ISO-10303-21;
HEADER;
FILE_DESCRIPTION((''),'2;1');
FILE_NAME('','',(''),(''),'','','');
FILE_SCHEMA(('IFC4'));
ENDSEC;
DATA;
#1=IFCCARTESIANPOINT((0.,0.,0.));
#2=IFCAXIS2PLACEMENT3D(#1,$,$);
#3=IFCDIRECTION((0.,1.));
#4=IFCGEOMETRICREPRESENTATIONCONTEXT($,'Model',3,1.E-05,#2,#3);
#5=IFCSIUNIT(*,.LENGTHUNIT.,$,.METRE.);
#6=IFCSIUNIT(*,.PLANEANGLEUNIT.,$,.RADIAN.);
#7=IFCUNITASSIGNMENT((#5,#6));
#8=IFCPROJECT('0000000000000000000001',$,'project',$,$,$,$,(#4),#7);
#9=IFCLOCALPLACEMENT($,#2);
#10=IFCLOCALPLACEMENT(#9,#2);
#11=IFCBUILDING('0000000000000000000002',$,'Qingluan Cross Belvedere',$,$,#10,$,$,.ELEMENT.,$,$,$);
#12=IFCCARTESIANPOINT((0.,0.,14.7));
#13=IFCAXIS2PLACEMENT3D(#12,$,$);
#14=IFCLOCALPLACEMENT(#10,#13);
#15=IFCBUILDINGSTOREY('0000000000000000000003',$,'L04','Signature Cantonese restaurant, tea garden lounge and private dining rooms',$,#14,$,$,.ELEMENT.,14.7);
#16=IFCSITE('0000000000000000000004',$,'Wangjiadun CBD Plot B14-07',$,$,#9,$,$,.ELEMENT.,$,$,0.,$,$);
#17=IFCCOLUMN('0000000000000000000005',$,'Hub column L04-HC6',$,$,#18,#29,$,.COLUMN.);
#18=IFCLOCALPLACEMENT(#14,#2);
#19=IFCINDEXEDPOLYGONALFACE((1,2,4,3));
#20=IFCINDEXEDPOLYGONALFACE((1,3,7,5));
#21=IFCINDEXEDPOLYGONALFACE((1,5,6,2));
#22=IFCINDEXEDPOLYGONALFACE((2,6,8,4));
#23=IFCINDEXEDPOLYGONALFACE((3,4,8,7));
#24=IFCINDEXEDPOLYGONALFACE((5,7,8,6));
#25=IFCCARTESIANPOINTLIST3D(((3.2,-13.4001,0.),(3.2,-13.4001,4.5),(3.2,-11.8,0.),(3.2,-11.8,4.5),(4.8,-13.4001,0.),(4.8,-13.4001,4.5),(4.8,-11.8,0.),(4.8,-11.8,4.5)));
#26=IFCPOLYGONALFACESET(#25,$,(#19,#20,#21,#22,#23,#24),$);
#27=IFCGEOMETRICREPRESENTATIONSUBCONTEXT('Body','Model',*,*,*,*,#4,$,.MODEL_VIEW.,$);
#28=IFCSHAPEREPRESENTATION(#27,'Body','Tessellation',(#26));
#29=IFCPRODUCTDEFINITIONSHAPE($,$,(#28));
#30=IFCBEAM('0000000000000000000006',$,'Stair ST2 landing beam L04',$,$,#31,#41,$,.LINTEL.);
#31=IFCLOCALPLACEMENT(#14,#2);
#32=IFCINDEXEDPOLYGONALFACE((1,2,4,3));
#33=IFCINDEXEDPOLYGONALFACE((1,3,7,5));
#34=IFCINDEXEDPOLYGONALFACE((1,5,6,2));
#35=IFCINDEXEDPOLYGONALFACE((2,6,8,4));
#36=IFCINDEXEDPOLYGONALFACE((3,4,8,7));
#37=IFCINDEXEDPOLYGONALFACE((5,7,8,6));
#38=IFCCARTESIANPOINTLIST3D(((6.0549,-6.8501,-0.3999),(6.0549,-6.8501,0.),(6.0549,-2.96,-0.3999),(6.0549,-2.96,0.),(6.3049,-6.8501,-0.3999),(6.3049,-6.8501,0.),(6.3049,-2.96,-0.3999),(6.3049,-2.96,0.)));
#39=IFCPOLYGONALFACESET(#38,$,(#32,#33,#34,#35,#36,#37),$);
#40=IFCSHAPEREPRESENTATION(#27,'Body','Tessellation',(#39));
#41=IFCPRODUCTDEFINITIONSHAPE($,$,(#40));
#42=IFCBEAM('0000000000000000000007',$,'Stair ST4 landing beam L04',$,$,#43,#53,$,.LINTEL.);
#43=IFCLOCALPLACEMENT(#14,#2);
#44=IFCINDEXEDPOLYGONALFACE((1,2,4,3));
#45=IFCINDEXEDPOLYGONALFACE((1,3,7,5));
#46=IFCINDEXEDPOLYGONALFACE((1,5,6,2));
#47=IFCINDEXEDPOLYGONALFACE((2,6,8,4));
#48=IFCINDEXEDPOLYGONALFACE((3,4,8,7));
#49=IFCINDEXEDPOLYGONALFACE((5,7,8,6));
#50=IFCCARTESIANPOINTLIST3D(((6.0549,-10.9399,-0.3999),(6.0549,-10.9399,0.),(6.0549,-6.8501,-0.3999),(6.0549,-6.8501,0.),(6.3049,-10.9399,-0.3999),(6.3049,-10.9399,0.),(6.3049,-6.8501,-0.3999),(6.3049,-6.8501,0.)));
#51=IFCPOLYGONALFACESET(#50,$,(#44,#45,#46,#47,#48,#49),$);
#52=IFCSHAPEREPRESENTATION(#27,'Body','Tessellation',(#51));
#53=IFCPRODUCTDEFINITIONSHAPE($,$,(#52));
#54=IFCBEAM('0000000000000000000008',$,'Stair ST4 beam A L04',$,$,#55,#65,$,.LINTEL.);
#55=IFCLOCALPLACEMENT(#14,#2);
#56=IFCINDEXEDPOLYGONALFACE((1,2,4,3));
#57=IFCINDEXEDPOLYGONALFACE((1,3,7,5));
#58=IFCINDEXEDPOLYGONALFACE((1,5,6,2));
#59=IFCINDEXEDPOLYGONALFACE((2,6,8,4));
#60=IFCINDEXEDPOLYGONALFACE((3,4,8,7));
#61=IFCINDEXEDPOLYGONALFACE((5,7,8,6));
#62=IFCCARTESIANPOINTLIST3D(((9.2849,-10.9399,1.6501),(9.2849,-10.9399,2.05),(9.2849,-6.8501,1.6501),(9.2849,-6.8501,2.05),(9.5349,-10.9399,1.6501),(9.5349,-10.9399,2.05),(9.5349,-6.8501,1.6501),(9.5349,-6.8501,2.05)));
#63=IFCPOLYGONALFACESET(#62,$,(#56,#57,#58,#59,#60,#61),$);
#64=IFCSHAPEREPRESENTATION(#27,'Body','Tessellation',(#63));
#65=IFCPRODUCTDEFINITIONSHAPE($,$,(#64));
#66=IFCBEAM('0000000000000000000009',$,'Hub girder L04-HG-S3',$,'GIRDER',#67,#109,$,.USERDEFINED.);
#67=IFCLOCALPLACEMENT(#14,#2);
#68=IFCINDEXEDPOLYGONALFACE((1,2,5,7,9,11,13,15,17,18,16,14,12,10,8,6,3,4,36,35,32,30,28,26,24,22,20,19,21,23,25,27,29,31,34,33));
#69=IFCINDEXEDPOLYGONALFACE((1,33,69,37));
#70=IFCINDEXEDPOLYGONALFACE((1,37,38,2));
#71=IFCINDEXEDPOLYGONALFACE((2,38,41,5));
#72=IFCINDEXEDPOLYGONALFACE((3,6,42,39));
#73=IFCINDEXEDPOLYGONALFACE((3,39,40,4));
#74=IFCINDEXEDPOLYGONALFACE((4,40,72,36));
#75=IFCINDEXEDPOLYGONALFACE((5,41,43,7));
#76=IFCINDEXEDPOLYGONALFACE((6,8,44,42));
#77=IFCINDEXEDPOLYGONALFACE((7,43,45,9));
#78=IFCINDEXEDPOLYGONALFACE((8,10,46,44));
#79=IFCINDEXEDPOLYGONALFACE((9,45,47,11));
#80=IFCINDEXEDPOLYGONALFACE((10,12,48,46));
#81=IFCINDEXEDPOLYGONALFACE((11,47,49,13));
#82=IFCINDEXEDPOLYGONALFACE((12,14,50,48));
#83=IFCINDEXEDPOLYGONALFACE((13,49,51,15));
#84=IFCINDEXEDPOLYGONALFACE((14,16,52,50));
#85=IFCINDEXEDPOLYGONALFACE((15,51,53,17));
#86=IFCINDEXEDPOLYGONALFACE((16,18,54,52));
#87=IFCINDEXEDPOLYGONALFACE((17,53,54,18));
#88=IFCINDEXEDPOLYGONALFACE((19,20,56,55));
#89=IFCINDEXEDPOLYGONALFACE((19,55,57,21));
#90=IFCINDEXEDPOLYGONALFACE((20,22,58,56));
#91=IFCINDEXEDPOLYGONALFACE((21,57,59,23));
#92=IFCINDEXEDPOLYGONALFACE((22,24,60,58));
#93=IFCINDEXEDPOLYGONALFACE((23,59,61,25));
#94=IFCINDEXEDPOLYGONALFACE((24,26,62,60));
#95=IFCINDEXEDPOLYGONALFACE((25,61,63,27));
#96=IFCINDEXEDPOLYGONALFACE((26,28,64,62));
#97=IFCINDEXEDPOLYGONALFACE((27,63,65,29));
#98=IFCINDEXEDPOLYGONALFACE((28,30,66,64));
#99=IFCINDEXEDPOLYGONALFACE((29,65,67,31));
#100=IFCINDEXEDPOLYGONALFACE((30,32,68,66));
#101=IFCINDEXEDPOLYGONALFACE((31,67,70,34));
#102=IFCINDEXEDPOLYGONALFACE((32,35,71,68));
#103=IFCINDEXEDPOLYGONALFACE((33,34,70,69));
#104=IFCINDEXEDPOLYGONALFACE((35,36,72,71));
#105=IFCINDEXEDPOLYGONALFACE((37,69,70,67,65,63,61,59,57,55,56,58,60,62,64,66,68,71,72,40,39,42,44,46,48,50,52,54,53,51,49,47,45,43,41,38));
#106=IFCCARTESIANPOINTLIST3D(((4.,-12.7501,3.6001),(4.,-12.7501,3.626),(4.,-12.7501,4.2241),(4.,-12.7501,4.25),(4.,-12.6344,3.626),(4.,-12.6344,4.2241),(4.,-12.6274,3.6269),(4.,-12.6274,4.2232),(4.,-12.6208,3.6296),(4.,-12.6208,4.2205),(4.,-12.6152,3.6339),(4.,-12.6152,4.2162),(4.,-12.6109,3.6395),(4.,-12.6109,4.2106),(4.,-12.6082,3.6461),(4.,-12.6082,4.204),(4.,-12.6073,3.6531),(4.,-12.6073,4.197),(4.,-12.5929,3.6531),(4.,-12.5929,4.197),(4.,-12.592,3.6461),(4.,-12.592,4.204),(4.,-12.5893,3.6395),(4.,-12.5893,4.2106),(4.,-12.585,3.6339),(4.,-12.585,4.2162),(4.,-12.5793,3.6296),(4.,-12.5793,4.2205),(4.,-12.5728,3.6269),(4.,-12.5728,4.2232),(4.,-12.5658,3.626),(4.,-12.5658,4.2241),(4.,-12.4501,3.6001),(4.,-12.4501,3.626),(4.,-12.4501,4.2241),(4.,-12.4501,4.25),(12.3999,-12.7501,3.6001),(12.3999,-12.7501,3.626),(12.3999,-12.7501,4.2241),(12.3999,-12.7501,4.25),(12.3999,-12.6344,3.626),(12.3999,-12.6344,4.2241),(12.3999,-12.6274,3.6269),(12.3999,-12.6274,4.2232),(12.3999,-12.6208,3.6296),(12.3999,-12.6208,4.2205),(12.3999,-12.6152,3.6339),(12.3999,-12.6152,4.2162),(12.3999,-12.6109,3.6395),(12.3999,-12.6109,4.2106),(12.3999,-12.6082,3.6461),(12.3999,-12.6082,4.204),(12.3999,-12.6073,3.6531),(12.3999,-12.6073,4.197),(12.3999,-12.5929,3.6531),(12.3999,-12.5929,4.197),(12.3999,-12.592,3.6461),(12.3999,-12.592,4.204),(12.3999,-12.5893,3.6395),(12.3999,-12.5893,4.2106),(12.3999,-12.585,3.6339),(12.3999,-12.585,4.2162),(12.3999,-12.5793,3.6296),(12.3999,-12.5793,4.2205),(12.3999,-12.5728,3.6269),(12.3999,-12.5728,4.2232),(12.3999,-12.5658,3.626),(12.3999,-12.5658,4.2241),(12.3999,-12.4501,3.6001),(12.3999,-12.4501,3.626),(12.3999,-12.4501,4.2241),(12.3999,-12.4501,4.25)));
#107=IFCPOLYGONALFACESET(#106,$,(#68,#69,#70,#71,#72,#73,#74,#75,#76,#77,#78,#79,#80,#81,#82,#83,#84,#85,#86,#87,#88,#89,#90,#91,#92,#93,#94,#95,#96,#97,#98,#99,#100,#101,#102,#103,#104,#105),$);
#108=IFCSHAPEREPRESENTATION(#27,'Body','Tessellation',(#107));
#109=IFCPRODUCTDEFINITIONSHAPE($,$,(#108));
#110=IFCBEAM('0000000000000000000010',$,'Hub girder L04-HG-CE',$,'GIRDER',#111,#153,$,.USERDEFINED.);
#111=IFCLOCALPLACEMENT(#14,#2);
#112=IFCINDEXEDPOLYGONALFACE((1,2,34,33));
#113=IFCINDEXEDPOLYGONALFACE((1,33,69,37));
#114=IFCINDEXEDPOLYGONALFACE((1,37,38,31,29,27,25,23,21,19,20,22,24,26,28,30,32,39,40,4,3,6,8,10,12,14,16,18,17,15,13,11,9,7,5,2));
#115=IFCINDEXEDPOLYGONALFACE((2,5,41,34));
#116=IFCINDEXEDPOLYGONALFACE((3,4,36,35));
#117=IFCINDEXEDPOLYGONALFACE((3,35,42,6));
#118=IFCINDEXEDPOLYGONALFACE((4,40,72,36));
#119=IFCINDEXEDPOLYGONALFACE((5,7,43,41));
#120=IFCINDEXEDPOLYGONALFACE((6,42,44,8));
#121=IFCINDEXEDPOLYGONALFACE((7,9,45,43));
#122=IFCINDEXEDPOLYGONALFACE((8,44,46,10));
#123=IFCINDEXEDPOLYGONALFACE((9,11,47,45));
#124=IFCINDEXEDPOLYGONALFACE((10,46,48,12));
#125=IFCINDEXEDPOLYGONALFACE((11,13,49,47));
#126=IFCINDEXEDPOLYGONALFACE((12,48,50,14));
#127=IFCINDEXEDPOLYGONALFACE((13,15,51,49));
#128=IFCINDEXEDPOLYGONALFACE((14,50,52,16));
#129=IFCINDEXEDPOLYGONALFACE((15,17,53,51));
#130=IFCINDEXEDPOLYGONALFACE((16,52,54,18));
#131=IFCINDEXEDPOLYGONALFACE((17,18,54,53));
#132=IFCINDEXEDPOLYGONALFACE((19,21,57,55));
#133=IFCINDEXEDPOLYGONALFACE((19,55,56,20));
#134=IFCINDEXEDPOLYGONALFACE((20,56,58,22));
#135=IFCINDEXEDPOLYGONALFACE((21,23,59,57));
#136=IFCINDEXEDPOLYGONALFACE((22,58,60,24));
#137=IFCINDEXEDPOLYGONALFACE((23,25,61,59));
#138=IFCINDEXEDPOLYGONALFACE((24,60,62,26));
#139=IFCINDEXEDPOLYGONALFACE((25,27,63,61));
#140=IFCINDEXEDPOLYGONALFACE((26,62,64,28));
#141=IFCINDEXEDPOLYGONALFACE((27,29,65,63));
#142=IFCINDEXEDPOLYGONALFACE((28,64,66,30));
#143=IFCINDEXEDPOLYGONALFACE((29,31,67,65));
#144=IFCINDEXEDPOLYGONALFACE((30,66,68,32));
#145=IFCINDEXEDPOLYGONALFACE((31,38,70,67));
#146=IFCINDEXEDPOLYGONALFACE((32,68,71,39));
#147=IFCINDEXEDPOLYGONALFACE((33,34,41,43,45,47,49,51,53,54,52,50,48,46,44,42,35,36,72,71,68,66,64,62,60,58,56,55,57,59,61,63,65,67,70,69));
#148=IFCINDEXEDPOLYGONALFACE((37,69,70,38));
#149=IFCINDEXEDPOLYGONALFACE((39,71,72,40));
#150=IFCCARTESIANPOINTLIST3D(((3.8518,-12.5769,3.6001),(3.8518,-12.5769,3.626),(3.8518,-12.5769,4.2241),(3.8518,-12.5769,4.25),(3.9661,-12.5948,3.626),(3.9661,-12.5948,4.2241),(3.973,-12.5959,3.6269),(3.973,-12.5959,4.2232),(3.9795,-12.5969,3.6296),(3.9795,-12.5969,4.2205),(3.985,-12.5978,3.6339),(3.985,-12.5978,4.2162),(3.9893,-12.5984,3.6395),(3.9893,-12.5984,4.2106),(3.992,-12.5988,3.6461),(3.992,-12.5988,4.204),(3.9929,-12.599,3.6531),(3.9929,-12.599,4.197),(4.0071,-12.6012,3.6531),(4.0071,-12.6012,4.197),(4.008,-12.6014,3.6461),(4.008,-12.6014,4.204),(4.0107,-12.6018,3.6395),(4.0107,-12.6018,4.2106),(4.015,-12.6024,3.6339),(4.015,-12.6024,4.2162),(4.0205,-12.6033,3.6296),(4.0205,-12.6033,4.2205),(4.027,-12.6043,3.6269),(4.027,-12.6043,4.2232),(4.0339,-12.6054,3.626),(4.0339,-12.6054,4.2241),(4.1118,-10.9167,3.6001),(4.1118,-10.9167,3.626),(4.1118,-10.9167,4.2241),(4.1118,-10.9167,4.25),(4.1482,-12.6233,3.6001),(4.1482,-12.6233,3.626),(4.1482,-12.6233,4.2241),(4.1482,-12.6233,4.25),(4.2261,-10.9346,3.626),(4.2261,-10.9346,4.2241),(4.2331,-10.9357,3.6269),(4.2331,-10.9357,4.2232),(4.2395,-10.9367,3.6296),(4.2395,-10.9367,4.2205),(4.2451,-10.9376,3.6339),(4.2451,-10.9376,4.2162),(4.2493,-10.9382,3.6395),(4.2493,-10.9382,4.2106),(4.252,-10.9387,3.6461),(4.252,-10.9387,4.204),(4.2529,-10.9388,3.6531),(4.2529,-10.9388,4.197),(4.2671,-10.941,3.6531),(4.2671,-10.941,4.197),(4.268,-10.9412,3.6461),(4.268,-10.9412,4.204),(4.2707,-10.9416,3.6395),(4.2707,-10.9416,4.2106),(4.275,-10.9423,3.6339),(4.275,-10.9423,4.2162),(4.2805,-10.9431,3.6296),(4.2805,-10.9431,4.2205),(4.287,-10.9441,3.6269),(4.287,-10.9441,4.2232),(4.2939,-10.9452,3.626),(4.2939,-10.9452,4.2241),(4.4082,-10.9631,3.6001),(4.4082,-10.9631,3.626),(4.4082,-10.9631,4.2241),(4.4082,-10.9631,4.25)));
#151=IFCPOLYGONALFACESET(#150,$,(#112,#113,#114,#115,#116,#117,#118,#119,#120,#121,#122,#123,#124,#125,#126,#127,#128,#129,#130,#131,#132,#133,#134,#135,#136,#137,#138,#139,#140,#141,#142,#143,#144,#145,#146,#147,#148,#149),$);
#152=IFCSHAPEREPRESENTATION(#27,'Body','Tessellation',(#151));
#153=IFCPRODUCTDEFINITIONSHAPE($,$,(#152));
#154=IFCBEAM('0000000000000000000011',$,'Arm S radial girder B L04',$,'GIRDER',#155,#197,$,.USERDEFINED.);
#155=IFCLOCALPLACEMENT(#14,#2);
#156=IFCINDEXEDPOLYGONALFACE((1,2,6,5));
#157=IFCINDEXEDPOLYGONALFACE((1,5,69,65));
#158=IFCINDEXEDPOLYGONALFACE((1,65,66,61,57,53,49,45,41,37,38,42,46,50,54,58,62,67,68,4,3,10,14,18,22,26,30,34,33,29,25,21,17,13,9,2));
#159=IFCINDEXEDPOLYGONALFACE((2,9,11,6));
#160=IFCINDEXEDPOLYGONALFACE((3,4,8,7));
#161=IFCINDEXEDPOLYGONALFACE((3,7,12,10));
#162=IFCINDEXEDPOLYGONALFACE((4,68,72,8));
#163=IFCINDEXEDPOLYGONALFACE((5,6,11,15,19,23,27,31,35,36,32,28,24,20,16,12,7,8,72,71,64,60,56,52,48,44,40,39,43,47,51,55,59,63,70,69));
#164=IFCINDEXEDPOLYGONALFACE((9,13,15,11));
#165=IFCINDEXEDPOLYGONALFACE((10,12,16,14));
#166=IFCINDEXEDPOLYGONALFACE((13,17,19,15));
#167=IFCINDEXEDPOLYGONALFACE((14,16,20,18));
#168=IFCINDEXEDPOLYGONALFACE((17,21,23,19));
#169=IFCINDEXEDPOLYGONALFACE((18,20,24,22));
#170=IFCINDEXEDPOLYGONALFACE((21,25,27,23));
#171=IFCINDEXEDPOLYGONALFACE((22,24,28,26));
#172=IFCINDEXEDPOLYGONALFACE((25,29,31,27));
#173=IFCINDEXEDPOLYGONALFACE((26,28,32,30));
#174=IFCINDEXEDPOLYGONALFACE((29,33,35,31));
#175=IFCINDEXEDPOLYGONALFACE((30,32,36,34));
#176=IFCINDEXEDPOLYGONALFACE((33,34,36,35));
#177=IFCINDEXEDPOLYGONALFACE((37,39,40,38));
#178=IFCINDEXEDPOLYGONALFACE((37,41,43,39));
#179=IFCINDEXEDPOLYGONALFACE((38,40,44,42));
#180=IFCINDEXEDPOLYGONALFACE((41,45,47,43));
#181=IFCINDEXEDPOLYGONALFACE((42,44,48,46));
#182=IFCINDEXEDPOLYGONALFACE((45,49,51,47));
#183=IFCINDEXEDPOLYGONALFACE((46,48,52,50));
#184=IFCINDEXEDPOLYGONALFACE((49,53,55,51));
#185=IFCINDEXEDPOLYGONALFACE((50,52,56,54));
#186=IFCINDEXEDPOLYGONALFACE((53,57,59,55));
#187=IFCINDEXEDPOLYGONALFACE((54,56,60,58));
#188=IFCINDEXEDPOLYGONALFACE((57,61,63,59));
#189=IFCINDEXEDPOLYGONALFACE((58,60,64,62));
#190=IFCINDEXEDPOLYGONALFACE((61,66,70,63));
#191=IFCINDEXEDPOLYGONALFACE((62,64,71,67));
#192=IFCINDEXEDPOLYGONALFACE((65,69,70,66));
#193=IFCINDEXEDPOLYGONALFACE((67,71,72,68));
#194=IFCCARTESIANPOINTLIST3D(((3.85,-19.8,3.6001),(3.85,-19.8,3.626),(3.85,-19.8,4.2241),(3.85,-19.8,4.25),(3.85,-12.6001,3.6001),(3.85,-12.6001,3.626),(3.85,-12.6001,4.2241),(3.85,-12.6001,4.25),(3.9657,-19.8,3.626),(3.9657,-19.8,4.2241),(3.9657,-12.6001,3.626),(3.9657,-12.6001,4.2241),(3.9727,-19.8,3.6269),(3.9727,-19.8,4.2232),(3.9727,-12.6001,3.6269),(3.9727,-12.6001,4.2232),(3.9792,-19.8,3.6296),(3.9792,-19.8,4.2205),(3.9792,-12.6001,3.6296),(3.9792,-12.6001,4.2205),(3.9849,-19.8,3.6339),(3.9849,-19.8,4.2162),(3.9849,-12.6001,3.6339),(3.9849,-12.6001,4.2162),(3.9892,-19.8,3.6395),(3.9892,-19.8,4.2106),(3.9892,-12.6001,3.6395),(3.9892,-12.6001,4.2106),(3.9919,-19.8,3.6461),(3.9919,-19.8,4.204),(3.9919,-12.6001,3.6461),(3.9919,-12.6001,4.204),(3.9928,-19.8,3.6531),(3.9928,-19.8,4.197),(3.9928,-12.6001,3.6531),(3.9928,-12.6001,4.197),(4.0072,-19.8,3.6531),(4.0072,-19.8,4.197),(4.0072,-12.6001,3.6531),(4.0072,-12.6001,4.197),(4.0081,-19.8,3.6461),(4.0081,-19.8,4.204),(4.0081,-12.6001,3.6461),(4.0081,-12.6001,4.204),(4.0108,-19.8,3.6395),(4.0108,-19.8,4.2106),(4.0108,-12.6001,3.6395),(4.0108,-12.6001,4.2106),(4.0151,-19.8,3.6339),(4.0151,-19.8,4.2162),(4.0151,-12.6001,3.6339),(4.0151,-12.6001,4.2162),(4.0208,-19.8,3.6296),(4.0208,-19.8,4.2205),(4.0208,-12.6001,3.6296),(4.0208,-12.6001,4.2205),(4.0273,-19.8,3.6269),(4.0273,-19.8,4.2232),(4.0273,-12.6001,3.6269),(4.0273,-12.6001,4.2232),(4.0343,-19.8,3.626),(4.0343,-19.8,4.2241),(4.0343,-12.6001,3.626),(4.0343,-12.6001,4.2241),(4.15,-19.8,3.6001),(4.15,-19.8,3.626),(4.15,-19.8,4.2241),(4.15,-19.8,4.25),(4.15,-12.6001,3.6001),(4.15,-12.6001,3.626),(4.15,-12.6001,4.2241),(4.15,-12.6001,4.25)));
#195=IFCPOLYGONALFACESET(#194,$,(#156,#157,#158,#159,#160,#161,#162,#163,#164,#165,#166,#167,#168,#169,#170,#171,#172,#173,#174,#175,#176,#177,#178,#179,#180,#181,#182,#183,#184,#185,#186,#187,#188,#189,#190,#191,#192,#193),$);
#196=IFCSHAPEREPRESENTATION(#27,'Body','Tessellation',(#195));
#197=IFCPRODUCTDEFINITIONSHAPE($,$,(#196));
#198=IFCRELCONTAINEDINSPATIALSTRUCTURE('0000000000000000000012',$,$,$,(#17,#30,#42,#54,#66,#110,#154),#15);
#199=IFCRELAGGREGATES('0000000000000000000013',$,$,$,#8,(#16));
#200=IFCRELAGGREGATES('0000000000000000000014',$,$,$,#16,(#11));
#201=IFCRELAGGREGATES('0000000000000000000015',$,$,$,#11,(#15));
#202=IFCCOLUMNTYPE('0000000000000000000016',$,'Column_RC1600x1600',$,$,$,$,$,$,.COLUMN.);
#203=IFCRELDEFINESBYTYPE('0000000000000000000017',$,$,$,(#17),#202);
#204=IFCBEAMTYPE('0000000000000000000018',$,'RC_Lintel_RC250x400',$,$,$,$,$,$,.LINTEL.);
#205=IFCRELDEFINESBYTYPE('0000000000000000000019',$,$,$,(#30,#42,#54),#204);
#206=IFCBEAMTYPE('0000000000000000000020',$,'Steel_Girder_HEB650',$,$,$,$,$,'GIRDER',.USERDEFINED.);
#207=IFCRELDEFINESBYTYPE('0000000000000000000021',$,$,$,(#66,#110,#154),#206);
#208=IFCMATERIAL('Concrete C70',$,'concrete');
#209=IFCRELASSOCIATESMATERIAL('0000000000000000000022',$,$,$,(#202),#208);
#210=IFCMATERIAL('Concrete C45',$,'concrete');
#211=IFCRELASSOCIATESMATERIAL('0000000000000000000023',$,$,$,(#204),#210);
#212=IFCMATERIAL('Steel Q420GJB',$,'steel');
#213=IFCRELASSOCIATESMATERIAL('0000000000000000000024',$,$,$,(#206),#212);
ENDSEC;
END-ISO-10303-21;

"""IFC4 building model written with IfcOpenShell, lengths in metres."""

from ifc_helpers import new_model, si_unit, direction, frame, origin, origin_2d, place, context, subcontext, project, spatial, rectangle, i_section, extrude, material, material_profile, profile_set, type_object, element, save


model = new_model("IFC4")

# Units and contexts
model_context = context("Model", 3, precision=1e-05, world=origin(), true_north=direction((0.0, 1.0)))
body_context = subcontext(model_context, "Body", "Model", "MODEL_VIEW")
ifc_project = project(units=[si_unit("LENGTHUNIT", "METRE"), si_unit("PLANEANGLEUNIT", "RADIAN")], contexts=[model_context])

# Site, building, storey
site_placement = place(None, origin())
site = spatial("IfcSite", under=ifc_project, at=site_placement, Name="Wangjiadun CBD Plot B14-07", CompositionType="ELEMENT", RefElevation=0.0)
building_placement = place(site_placement, origin())
building = spatial("IfcBuilding", under=site, at=building_placement, Name="Qingluan Cross Belvedere", CompositionType="ELEMENT")
storey_placement = place(building_placement, frame((0.0, 0.0, 14.7)))
storey = spatial("IfcBuildingStorey", under=building, at=storey_placement, Name="L04", Description="Signature Cantonese restaurant, tea garden lounge and private dining rooms", CompositionType="ELEMENT", Elevation=14.7)

# Column
ifc_material_1 = material(Name="Concrete C70", Category="concrete")
ifc_material_profile_1 = material_profile(ifc_material_1, rectangle(XDim=1.6001, YDim=1.6001, at=origin_2d()), Name="RC1600x1600")
ifc_profile_set_1 = profile_set([ifc_material_profile_1], Name="Concrete C70")
column_type = type_object("IfcColumnType", Name="Column_RC1600x1600", PredefinedType="COLUMN", material=ifc_profile_set_1)
column_placement = place(storey_placement, frame((4.0, -12.6001, 0.0), z_axis=(0.0, 0.0, 1.0), x_axis=(1.0, 0.0, 0.0)))
element("IfcColumn", 1, at=column_placement, inside=storey, type_object=column_type, Name="Hub column L04-HC6", PredefinedType="COLUMN", context=body_context, shape_type="SweptSolid", body=[
    extrude(rectangle(XDim=1.6001, YDim=1.6001, at=origin_2d()), origin(), (0.0, 0.0, 1.0), 4.5),
])

# Beams
ifc_material_2 = material(Name="Concrete C45", Category="concrete")
ifc_material_profile_2 = material_profile(ifc_material_2, rectangle(XDim=0.25, YDim=0.3999, at=origin_2d()), Name="RC250x400")
ifc_profile_set_2 = profile_set([ifc_material_profile_2], Name="Concrete C45")
beam_type_1 = type_object("IfcBeamType", Name="RC_Lintel_RC250x400", PredefinedType="LINTEL", material=ifc_profile_set_2)
beam_1_placement = place(storey_placement, frame((6.1799, -6.8501, -0.2), z_axis=(0.0, 1.0, 0.0), x_axis=(-1.0, 0.0, 0.0)))
element("IfcBeam", 2, at=beam_1_placement, inside=storey, type_object=beam_type_1, Name="Stair ST2 landing beam L04", PredefinedType="LINTEL", context=body_context, shape_type="SweptSolid", body=[
    extrude(rectangle(XDim=0.25, YDim=0.3999, at=origin_2d()), origin(), (0.0, 0.0, 1.0), 3.8901),
])
for number, where, z_axis, x_axis, name in (
    (3, (6.1799, -10.9399, -0.2), (0.0, 1.0, 0.0), (-1.0, 0.0, 0.0), "Stair ST4 landing beam L04"),
    (4, (9.4099, -10.9399, 1.8501), (0.0, 1.0, 0.0), (-1.0, 0.0, 0.0), "Stair ST4 beam A L04"),
):
    element("IfcBeam", number, at=place(storey_placement, frame(where, z_axis=z_axis, x_axis=x_axis)), inside=storey, type_object=beam_type_1, Name=name, PredefinedType="LINTEL", context=body_context, shape_type="SweptSolid", body=[
        extrude(rectangle(XDim=0.25, YDim=0.3999, at=origin_2d()), origin(), (0.0, 0.0, 1.0), 4.0898),
    ])
ifc_material_3 = material(Name="Steel Q420GJB", Category="steel")
ifc_material_profile_3 = material_profile(ifc_material_3, i_section(OverallWidth=0.3, OverallDepth=0.6499, WebThickness=0.0144, FlangeThickness=0.0259, FilletRadius=0.0271, at=origin_2d()), Name="HEB650")
ifc_profile_set_3 = profile_set([ifc_material_profile_3], Name="Steel Q420GJB")
beam_type_2 = type_object("IfcBeamType", Name="Steel_Girder_HEB650", ElementType="GIRDER", PredefinedType="USERDEFINED", material=ifc_profile_set_3)
beam_2_placement = place(storey_placement, frame((4.0, -12.6001, 3.925), z_axis=(1.0, 0.0, 0.0), x_axis=(0.0, 1.0, 0.0)))
element("IfcBeam", 5, at=beam_2_placement, inside=storey, type_object=beam_type_2, Name="Hub girder L04-HG-S3", ObjectType="GIRDER", PredefinedType="USERDEFINED", context=body_context, shape_type="SweptSolid", body=[
    extrude(i_section(OverallWidth=0.3, OverallDepth=0.6499, WebThickness=0.0144, FlangeThickness=0.0259, FilletRadius=0.0271, at=origin_2d()), origin(), (0.0, 0.0, 1.0), 8.3999),
])
beam_3_placement = place(storey_placement, frame((4.0, -12.6001, 3.925), z_axis=(0.154731, 0.987957, 0.0), x_axis=(-0.987957, 0.154731, 0.0)))
element("IfcBeam", 6, at=beam_3_placement, inside=storey, type_object=beam_type_2, Name="Hub girder L04-HG-CE", ObjectType="GIRDER", PredefinedType="USERDEFINED", context=body_context, shape_type="SweptSolid", body=[
    extrude(i_section(OverallWidth=0.3, OverallDepth=0.6499, WebThickness=0.0144, FlangeThickness=0.0259, FilletRadius=0.0271, at=origin_2d()), origin(), (0.0, 0.0, 1.0), 1.6804),
])
beam_4_placement = place(storey_placement, frame((4.0, -12.6001, 3.925), z_axis=(0.0, -1.0, 0.0), x_axis=(1.0, 0.0, 0.0)))
element("IfcBeam", 7, at=beam_4_placement, inside=storey, type_object=beam_type_2, Name="Arm S radial girder B L04", ObjectType="GIRDER", PredefinedType="USERDEFINED", context=body_context, shape_type="SweptSolid", body=[
    extrude(i_section(OverallWidth=0.3, OverallDepth=0.6499, WebThickness=0.0144, FlangeThickness=0.0259, FilletRadius=0.0271, at=origin_2d()), origin(), (0.0, 0.0, 1.0), 7.2),
])

save(model, "model.ifc")
